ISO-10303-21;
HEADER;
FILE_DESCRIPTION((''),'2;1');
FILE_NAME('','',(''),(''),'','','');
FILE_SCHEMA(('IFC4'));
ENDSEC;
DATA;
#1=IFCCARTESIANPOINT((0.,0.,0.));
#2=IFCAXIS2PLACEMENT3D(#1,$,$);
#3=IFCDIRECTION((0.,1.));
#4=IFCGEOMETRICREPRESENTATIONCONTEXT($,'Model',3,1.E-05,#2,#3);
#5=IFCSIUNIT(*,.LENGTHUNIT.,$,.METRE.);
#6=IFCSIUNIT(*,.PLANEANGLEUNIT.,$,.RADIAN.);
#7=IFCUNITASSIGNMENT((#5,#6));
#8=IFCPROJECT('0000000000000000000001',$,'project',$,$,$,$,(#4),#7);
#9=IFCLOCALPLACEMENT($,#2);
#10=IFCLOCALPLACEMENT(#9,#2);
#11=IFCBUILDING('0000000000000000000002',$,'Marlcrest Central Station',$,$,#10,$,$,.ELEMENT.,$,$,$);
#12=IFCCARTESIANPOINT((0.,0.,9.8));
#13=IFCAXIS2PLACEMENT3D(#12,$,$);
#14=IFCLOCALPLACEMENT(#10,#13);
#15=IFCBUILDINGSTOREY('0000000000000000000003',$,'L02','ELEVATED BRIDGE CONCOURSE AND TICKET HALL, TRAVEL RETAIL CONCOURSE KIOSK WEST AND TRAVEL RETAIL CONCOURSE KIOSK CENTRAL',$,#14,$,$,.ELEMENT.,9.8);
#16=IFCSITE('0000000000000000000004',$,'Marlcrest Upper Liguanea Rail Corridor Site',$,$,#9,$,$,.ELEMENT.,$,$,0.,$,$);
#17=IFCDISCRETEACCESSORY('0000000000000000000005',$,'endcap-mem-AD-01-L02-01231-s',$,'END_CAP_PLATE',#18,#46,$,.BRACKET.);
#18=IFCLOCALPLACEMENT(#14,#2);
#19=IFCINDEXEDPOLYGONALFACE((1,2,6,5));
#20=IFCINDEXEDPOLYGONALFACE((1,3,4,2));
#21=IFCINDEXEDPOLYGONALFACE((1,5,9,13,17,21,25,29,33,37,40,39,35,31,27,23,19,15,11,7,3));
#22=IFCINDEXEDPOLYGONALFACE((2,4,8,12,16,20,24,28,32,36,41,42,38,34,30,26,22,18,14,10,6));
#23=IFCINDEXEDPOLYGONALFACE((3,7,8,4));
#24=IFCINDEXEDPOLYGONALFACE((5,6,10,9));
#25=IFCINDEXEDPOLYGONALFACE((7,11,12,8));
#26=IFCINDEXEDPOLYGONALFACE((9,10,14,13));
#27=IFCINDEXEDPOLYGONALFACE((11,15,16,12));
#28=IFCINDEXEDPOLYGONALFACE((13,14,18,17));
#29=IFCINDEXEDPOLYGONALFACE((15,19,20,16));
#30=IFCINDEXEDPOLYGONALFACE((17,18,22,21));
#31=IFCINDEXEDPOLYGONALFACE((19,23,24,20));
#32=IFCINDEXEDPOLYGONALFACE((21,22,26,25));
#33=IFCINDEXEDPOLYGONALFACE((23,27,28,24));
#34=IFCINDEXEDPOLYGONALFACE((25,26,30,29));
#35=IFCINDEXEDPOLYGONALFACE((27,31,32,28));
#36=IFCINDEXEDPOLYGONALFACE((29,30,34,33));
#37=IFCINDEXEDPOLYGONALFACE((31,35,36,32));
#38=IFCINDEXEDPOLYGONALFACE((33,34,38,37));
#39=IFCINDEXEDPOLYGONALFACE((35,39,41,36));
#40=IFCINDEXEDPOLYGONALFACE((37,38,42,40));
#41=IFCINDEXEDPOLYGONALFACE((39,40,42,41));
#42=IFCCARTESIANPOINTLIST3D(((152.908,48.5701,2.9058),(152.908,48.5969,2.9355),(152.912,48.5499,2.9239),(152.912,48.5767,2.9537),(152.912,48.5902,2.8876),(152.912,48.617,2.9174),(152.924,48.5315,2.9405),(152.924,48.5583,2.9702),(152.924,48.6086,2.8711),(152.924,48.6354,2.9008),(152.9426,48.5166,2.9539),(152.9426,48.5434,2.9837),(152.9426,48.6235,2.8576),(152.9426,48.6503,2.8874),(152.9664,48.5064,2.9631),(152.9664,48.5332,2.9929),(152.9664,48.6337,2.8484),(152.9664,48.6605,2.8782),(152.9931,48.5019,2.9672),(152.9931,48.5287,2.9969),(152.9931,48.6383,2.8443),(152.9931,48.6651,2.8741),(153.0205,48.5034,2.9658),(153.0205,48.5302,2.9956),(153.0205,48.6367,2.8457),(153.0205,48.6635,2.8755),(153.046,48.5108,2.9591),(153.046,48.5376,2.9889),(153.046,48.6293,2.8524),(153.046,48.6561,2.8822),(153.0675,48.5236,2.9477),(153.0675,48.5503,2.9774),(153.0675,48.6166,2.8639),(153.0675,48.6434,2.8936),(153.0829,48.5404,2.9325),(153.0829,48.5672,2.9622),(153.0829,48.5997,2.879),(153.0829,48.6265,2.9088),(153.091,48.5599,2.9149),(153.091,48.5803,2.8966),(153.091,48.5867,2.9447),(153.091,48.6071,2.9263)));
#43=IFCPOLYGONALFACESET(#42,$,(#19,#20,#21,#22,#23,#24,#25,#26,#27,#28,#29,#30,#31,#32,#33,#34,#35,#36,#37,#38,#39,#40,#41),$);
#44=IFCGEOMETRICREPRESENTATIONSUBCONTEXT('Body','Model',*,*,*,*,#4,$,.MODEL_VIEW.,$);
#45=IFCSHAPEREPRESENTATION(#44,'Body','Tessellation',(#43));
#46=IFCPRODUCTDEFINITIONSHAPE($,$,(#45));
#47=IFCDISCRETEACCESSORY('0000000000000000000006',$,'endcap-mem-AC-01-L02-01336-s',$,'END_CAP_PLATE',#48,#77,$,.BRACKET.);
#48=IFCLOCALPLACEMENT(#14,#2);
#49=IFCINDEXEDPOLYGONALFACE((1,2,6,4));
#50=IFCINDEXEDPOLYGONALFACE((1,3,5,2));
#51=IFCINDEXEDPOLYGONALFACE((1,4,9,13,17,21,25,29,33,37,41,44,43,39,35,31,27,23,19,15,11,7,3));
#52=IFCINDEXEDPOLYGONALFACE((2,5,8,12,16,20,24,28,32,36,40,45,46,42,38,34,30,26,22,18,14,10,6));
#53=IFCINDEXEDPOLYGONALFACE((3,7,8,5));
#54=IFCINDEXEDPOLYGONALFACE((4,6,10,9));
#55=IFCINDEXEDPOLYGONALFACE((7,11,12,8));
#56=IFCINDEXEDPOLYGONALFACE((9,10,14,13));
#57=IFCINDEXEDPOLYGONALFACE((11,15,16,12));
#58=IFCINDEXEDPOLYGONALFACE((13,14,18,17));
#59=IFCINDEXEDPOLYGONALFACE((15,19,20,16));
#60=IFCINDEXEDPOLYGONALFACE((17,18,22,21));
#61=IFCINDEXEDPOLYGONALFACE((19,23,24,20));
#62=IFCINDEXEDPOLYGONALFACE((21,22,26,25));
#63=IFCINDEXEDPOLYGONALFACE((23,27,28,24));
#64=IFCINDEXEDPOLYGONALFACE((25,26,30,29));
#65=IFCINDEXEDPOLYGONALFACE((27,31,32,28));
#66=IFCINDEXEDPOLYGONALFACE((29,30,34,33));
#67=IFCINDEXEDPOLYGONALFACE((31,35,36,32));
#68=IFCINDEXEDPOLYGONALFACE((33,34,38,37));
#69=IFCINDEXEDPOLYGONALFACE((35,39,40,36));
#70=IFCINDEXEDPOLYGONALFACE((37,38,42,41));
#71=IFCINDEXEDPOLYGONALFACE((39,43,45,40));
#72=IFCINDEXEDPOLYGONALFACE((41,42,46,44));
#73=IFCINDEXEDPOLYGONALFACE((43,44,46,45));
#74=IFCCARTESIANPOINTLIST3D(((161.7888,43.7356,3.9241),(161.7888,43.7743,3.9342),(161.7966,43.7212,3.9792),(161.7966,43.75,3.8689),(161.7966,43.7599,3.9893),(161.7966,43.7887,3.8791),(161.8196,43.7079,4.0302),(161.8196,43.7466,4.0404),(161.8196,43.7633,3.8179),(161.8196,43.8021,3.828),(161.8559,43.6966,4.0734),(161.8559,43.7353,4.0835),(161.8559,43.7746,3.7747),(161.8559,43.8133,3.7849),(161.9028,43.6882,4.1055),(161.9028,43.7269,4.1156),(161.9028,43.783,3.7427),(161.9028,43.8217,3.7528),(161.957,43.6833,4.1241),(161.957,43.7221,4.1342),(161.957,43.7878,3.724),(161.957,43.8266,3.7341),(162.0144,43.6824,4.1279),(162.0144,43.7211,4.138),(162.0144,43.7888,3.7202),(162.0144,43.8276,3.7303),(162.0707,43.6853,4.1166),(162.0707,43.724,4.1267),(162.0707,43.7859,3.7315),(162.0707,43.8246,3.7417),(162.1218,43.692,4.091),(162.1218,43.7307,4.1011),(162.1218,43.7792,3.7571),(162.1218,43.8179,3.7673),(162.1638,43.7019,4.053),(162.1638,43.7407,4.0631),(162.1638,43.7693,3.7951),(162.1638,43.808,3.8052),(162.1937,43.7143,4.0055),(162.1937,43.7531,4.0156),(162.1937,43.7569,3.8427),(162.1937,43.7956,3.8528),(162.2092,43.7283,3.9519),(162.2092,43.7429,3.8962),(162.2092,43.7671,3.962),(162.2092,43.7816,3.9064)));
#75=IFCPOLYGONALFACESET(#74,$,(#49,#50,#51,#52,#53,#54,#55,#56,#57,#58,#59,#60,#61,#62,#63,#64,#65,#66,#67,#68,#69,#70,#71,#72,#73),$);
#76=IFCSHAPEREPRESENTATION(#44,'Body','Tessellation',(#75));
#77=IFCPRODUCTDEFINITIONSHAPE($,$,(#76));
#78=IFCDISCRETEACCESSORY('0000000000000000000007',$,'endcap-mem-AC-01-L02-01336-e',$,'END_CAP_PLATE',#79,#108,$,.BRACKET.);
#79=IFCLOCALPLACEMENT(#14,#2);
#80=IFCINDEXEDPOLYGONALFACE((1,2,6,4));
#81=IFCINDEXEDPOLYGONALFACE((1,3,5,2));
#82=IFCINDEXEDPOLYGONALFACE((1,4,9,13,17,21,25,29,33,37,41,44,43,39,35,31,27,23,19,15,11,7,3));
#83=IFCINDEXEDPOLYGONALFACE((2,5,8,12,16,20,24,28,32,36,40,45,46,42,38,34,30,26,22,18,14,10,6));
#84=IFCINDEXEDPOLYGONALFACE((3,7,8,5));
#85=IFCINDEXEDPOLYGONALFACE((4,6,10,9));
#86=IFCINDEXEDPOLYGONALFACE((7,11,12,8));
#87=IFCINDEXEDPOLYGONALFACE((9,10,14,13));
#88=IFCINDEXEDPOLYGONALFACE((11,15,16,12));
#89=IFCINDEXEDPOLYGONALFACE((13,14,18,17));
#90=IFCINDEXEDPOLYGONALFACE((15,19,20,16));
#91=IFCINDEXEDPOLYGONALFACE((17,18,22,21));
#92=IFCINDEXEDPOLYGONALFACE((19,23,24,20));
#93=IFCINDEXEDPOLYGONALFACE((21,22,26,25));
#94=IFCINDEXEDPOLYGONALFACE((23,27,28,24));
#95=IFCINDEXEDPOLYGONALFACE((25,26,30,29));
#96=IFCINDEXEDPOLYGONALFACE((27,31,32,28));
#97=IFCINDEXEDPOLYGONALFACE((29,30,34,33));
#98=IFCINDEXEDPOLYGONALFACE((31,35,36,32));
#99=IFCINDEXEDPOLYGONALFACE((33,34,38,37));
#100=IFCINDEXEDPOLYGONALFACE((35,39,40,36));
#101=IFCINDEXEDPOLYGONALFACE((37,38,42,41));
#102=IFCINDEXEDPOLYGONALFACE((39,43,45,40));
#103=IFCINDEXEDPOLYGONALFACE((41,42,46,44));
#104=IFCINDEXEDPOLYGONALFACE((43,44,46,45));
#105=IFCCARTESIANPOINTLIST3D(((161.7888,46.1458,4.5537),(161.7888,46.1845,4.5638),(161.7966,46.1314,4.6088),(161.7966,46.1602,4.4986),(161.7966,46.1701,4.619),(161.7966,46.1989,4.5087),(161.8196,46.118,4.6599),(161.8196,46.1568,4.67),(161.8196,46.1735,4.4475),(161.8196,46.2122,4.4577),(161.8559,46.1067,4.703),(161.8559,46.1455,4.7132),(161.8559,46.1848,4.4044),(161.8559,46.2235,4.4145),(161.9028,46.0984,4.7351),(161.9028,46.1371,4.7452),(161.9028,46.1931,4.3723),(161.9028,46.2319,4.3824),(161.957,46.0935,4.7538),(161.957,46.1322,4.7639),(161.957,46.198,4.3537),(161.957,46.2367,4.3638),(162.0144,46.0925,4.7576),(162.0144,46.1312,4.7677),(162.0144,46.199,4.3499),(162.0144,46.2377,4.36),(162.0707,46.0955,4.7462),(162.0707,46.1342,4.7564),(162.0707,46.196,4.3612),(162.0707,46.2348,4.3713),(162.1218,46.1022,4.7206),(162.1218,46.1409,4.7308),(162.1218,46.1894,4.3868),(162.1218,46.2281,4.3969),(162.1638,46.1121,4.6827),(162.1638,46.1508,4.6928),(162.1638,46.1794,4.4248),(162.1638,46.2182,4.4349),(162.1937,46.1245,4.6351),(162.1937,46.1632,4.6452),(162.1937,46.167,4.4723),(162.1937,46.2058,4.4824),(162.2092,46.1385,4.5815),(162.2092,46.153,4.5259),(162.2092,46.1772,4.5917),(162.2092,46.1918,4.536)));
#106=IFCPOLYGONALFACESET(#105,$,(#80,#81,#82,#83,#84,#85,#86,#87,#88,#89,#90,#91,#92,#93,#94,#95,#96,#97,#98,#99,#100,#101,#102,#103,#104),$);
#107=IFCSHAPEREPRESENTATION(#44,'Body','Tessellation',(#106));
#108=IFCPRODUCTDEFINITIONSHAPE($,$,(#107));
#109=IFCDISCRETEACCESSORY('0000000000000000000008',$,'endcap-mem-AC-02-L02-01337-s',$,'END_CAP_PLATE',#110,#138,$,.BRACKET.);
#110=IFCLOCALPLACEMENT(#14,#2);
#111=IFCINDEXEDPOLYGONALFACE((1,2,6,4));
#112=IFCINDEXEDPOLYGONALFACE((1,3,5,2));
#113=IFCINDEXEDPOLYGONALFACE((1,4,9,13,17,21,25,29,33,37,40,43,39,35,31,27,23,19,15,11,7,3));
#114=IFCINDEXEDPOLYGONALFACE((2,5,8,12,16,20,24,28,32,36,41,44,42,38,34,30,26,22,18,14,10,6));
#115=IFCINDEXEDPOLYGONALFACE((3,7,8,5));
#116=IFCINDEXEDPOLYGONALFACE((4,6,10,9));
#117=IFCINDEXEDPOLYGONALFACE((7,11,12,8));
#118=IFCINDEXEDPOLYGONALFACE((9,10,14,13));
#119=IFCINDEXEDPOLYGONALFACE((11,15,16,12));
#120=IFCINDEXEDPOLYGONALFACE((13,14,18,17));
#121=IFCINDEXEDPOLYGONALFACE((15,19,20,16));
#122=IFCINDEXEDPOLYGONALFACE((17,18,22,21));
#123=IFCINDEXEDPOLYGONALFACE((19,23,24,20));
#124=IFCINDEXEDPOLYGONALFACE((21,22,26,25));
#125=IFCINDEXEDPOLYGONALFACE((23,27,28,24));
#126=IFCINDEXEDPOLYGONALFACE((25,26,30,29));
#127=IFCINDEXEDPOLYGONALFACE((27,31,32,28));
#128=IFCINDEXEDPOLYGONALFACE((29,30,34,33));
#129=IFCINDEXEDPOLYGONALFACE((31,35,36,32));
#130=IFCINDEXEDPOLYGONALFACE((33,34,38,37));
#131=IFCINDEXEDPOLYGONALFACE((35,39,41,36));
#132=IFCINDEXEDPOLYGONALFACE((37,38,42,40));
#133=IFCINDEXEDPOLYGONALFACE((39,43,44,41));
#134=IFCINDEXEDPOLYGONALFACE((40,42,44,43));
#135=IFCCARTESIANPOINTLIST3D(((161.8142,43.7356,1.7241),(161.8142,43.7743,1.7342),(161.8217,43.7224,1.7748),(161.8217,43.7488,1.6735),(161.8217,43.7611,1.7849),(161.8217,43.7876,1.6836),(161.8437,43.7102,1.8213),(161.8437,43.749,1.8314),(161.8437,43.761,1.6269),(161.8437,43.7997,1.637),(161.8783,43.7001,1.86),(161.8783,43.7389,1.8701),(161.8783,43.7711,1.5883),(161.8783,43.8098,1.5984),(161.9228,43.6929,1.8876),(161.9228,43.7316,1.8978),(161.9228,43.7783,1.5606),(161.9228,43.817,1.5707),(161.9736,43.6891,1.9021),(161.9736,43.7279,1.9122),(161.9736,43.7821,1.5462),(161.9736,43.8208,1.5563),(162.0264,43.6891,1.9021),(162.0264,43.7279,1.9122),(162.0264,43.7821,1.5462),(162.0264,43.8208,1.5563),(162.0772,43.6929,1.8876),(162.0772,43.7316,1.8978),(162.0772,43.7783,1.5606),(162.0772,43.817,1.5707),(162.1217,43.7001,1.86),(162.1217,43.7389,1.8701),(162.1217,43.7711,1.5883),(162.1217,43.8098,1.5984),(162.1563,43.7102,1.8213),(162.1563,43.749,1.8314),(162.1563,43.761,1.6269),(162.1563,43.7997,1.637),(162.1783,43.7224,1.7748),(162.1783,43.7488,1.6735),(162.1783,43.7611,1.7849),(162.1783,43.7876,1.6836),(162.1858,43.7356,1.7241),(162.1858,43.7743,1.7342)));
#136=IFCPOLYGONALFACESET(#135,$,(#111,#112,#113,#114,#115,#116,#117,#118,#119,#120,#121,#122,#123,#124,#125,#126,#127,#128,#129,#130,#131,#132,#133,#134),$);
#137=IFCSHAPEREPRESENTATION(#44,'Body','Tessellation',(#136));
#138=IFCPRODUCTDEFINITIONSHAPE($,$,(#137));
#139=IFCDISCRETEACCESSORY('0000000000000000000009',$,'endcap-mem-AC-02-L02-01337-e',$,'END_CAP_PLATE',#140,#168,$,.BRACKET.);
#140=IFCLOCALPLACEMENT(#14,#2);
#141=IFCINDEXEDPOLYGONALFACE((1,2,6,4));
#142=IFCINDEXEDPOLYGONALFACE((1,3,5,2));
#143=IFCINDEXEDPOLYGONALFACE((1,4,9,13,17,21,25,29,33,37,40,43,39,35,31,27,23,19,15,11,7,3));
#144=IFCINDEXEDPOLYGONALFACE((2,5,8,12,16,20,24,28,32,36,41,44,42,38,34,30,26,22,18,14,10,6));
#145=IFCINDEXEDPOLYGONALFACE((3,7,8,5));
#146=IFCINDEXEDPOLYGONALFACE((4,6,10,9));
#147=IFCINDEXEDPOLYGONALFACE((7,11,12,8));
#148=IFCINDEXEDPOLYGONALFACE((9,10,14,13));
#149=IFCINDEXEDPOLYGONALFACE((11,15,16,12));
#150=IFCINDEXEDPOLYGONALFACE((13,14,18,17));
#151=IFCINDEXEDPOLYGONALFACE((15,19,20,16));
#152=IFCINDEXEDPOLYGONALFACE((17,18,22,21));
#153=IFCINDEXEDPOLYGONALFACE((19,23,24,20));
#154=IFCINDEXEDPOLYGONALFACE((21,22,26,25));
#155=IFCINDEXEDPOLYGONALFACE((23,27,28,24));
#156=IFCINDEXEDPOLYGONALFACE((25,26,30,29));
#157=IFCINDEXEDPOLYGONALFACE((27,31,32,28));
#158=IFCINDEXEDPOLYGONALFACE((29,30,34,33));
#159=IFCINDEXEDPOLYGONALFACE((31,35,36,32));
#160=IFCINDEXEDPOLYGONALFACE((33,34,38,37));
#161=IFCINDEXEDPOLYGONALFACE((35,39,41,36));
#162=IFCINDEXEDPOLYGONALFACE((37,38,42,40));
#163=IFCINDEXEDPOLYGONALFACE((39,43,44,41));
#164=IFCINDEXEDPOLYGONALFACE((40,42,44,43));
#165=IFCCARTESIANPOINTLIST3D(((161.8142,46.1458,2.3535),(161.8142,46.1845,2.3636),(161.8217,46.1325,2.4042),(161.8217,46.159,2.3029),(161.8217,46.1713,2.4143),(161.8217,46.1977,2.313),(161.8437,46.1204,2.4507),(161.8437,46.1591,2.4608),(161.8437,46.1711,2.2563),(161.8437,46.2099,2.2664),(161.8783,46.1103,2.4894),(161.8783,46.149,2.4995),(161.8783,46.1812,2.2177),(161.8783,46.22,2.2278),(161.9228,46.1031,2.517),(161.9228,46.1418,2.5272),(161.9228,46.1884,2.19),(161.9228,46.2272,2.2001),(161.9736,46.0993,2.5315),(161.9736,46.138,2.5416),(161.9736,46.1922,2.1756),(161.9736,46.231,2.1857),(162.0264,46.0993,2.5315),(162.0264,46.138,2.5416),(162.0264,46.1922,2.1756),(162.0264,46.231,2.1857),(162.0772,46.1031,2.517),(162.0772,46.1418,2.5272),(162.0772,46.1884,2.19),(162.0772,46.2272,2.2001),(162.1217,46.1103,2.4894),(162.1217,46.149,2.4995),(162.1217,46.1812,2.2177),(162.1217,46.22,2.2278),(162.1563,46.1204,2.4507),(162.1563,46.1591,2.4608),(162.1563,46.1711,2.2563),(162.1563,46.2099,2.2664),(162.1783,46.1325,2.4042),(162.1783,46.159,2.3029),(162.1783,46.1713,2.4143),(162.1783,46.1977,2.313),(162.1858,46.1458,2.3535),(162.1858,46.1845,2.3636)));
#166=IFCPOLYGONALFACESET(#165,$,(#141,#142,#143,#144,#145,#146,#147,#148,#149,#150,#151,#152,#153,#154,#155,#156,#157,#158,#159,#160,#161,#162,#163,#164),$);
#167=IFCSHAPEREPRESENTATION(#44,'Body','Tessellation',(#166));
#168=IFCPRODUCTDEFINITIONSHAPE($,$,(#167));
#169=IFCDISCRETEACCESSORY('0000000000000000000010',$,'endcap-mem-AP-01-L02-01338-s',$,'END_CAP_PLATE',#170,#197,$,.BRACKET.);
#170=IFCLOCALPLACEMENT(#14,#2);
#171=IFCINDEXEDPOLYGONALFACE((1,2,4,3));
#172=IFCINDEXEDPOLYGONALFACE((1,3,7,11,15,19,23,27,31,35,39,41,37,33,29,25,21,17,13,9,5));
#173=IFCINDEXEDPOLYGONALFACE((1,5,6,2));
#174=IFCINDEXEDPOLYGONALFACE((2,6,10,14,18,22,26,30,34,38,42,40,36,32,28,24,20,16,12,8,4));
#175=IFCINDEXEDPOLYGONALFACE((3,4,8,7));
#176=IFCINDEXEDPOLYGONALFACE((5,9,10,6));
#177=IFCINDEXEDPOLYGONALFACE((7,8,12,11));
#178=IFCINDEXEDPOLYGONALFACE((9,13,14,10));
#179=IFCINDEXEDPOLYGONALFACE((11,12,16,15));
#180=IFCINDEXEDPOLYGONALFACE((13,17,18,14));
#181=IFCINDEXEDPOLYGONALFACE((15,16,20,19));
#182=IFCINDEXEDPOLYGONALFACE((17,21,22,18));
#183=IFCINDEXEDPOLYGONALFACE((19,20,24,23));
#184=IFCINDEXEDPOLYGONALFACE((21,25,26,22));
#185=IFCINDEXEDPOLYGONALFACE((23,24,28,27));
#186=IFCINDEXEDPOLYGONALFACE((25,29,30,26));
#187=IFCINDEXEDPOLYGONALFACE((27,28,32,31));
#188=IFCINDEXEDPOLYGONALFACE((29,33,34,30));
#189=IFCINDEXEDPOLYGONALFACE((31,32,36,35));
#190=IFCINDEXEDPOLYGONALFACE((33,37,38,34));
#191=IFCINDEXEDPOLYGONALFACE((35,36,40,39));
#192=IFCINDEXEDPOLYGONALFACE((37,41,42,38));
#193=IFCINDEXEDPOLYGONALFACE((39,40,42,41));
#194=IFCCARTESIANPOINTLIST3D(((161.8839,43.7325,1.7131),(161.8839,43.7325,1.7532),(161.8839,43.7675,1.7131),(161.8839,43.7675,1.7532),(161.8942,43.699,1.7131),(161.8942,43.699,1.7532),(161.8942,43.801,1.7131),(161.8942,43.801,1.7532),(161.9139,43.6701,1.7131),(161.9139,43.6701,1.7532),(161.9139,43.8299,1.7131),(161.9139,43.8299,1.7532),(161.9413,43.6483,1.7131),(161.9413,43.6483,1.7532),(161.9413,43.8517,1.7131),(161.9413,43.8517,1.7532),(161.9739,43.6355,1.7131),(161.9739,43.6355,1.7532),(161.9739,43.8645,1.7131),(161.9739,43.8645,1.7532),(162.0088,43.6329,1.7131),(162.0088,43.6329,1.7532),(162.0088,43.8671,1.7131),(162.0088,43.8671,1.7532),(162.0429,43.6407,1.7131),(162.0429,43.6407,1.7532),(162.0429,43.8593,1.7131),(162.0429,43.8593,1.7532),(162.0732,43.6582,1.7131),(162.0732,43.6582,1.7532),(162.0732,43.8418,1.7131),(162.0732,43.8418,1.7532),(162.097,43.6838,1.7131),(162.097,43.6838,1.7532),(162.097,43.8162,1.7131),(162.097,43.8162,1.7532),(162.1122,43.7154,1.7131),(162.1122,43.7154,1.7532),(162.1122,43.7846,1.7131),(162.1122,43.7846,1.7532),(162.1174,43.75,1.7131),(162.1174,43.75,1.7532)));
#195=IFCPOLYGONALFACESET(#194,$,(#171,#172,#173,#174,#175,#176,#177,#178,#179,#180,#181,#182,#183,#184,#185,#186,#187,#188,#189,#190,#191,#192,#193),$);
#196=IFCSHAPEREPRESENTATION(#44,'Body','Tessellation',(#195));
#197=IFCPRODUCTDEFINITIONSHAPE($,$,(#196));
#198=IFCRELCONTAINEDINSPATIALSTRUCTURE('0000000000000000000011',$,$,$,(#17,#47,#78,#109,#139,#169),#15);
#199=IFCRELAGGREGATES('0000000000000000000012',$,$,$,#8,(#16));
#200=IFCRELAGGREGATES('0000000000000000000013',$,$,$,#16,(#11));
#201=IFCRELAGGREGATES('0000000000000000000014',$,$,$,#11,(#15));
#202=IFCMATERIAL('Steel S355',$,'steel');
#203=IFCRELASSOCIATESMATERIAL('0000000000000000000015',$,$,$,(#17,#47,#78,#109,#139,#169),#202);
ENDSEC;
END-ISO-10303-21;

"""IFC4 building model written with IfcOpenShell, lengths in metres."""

from ifc_helpers import new_model, si_unit, direction, frame, origin, origin_2d, place, context, subcontext, project, spatial, circle, extrude, material, element, save


model = new_model("IFC4")

# Units and contexts
model_context = context("Model", 3, precision=1e-05, world=origin(), true_north=direction((0.0, 1.0)))
body_context = subcontext(model_context, "Body", "Model", "MODEL_VIEW")
ifc_project = project(units=[si_unit("LENGTHUNIT", "METRE"), si_unit("PLANEANGLEUNIT", "RADIAN")], contexts=[model_context])

# Site, building, storey
site_placement = place(None, origin())
site = spatial("IfcSite", under=ifc_project, at=site_placement, Name="Marlcrest Upper Liguanea Rail Corridor Site", CompositionType="ELEMENT", RefElevation=0.0)
building_placement = place(site_placement, origin())
building = spatial("IfcBuilding", under=site, at=building_placement, Name="Marlcrest Central Station", CompositionType="ELEMENT")
storey_placement = place(building_placement, frame((0.0, 0.0, 9.8)))
storey = spatial("IfcBuildingStorey", under=building, at=storey_placement, Name="L02", Description="ELEVATED BRIDGE CONCOURSE AND TICKET HALL, TRAVEL RETAIL CONCOURSE KIOSK WEST AND TRAVEL RETAIL CONCOURSE KIOSK CENTRAL", CompositionType="ELEMENT", Elevation=9.8)

# Shared definitions
ifc_material_1 = material(Name="Steel S355", Category="steel")

# Discrete accessories
discrete_accessory_1_placement = place(storey_placement, frame((153.0, 48.5701, 2.9058), z_axis=(0.0, 0.669244, 0.743042), x_axis=(-1.0, 0.0, 0.0)))
element("IfcDiscreteAccessory", 1, at=discrete_accessory_1_placement, inside=storey, material=ifc_material_1, Name="endcap-mem-AD-01-L02-01231-s", ObjectType="END_CAP_PLATE", PredefinedType="BRACKET", context=body_context, shape_type="SweptSolid", body=[
    extrude(circle(Radius=0.092, at=origin_2d()), origin(), (0.0, 0.0, 1.0), 0.04),
])
for number, where, z_axis, x_axis, name in (
    (2, (162.0, 43.7356, 3.9241), (0.0, 0.967539, 0.25272), (-1.0, 0.0, 0.0), "endcap-mem-AC-01-L02-01336-s"),
    (3, (162.0, 46.1458, 4.5537), (0.0, 0.967539, 0.25272), (-1.0, 0.0, 0.0), "endcap-mem-AC-01-L02-01336-e"),
):
    element("IfcDiscreteAccessory", number, at=place(storey_placement, frame(where, z_axis=z_axis, x_axis=x_axis)), inside=storey, material=ifc_material_1, Name=name, ObjectType="END_CAP_PLATE", PredefinedType="BRACKET", context=body_context, shape_type="SweptSolid", body=[
        extrude(circle(Radius=0.2112, at=origin_2d()), origin(), (0.0, 0.0, 1.0), 0.04),
    ])
for number, where, z_axis, x_axis, name in (
    (4, (162.0, 43.7356, 1.7241), (0.0, 0.967563, 0.252629), (-1.0, 0.0, 0.0), "endcap-mem-AC-02-L02-01337-s"),
    (5, (162.0, 46.1458, 2.3535), (0.0, 0.967563, 0.252629), (-1.0, 0.0, 0.0), "endcap-mem-AC-02-L02-01337-e"),
):
    element("IfcDiscreteAccessory", number, at=place(storey_placement, frame(where, z_axis=z_axis, x_axis=x_axis)), inside=storey, material=ifc_material_1, Name=name, ObjectType="END_CAP_PLATE", PredefinedType="BRACKET", context=body_context, shape_type="SweptSolid", body=[
        extrude(circle(Radius=0.1858, at=origin_2d()), origin(), (0.0, 0.0, 1.0), 0.04),
    ])
for number, where, z_axis, x_axis, name in (
    (6, (162.0, 43.75, 1.7131), (0.0, 0.0, 1.0), (1.0, 0.0, 0.0), "endcap-mem-AP-01-L02-01338-s"),
):
    element("IfcDiscreteAccessory", number, at=place(storey_placement, frame(where, z_axis=z_axis, x_axis=x_axis)), inside=storey, material=ifc_material_1, Name=name, ObjectType="END_CAP_PLATE", PredefinedType="BRACKET", context=body_context, shape_type="SweptSolid", body=[
        extrude(circle(Radius=0.1174, at=origin_2d()), origin(), (0.0, 0.0, 1.0), 0.04),
    ])

save(model, "model.ifc")
